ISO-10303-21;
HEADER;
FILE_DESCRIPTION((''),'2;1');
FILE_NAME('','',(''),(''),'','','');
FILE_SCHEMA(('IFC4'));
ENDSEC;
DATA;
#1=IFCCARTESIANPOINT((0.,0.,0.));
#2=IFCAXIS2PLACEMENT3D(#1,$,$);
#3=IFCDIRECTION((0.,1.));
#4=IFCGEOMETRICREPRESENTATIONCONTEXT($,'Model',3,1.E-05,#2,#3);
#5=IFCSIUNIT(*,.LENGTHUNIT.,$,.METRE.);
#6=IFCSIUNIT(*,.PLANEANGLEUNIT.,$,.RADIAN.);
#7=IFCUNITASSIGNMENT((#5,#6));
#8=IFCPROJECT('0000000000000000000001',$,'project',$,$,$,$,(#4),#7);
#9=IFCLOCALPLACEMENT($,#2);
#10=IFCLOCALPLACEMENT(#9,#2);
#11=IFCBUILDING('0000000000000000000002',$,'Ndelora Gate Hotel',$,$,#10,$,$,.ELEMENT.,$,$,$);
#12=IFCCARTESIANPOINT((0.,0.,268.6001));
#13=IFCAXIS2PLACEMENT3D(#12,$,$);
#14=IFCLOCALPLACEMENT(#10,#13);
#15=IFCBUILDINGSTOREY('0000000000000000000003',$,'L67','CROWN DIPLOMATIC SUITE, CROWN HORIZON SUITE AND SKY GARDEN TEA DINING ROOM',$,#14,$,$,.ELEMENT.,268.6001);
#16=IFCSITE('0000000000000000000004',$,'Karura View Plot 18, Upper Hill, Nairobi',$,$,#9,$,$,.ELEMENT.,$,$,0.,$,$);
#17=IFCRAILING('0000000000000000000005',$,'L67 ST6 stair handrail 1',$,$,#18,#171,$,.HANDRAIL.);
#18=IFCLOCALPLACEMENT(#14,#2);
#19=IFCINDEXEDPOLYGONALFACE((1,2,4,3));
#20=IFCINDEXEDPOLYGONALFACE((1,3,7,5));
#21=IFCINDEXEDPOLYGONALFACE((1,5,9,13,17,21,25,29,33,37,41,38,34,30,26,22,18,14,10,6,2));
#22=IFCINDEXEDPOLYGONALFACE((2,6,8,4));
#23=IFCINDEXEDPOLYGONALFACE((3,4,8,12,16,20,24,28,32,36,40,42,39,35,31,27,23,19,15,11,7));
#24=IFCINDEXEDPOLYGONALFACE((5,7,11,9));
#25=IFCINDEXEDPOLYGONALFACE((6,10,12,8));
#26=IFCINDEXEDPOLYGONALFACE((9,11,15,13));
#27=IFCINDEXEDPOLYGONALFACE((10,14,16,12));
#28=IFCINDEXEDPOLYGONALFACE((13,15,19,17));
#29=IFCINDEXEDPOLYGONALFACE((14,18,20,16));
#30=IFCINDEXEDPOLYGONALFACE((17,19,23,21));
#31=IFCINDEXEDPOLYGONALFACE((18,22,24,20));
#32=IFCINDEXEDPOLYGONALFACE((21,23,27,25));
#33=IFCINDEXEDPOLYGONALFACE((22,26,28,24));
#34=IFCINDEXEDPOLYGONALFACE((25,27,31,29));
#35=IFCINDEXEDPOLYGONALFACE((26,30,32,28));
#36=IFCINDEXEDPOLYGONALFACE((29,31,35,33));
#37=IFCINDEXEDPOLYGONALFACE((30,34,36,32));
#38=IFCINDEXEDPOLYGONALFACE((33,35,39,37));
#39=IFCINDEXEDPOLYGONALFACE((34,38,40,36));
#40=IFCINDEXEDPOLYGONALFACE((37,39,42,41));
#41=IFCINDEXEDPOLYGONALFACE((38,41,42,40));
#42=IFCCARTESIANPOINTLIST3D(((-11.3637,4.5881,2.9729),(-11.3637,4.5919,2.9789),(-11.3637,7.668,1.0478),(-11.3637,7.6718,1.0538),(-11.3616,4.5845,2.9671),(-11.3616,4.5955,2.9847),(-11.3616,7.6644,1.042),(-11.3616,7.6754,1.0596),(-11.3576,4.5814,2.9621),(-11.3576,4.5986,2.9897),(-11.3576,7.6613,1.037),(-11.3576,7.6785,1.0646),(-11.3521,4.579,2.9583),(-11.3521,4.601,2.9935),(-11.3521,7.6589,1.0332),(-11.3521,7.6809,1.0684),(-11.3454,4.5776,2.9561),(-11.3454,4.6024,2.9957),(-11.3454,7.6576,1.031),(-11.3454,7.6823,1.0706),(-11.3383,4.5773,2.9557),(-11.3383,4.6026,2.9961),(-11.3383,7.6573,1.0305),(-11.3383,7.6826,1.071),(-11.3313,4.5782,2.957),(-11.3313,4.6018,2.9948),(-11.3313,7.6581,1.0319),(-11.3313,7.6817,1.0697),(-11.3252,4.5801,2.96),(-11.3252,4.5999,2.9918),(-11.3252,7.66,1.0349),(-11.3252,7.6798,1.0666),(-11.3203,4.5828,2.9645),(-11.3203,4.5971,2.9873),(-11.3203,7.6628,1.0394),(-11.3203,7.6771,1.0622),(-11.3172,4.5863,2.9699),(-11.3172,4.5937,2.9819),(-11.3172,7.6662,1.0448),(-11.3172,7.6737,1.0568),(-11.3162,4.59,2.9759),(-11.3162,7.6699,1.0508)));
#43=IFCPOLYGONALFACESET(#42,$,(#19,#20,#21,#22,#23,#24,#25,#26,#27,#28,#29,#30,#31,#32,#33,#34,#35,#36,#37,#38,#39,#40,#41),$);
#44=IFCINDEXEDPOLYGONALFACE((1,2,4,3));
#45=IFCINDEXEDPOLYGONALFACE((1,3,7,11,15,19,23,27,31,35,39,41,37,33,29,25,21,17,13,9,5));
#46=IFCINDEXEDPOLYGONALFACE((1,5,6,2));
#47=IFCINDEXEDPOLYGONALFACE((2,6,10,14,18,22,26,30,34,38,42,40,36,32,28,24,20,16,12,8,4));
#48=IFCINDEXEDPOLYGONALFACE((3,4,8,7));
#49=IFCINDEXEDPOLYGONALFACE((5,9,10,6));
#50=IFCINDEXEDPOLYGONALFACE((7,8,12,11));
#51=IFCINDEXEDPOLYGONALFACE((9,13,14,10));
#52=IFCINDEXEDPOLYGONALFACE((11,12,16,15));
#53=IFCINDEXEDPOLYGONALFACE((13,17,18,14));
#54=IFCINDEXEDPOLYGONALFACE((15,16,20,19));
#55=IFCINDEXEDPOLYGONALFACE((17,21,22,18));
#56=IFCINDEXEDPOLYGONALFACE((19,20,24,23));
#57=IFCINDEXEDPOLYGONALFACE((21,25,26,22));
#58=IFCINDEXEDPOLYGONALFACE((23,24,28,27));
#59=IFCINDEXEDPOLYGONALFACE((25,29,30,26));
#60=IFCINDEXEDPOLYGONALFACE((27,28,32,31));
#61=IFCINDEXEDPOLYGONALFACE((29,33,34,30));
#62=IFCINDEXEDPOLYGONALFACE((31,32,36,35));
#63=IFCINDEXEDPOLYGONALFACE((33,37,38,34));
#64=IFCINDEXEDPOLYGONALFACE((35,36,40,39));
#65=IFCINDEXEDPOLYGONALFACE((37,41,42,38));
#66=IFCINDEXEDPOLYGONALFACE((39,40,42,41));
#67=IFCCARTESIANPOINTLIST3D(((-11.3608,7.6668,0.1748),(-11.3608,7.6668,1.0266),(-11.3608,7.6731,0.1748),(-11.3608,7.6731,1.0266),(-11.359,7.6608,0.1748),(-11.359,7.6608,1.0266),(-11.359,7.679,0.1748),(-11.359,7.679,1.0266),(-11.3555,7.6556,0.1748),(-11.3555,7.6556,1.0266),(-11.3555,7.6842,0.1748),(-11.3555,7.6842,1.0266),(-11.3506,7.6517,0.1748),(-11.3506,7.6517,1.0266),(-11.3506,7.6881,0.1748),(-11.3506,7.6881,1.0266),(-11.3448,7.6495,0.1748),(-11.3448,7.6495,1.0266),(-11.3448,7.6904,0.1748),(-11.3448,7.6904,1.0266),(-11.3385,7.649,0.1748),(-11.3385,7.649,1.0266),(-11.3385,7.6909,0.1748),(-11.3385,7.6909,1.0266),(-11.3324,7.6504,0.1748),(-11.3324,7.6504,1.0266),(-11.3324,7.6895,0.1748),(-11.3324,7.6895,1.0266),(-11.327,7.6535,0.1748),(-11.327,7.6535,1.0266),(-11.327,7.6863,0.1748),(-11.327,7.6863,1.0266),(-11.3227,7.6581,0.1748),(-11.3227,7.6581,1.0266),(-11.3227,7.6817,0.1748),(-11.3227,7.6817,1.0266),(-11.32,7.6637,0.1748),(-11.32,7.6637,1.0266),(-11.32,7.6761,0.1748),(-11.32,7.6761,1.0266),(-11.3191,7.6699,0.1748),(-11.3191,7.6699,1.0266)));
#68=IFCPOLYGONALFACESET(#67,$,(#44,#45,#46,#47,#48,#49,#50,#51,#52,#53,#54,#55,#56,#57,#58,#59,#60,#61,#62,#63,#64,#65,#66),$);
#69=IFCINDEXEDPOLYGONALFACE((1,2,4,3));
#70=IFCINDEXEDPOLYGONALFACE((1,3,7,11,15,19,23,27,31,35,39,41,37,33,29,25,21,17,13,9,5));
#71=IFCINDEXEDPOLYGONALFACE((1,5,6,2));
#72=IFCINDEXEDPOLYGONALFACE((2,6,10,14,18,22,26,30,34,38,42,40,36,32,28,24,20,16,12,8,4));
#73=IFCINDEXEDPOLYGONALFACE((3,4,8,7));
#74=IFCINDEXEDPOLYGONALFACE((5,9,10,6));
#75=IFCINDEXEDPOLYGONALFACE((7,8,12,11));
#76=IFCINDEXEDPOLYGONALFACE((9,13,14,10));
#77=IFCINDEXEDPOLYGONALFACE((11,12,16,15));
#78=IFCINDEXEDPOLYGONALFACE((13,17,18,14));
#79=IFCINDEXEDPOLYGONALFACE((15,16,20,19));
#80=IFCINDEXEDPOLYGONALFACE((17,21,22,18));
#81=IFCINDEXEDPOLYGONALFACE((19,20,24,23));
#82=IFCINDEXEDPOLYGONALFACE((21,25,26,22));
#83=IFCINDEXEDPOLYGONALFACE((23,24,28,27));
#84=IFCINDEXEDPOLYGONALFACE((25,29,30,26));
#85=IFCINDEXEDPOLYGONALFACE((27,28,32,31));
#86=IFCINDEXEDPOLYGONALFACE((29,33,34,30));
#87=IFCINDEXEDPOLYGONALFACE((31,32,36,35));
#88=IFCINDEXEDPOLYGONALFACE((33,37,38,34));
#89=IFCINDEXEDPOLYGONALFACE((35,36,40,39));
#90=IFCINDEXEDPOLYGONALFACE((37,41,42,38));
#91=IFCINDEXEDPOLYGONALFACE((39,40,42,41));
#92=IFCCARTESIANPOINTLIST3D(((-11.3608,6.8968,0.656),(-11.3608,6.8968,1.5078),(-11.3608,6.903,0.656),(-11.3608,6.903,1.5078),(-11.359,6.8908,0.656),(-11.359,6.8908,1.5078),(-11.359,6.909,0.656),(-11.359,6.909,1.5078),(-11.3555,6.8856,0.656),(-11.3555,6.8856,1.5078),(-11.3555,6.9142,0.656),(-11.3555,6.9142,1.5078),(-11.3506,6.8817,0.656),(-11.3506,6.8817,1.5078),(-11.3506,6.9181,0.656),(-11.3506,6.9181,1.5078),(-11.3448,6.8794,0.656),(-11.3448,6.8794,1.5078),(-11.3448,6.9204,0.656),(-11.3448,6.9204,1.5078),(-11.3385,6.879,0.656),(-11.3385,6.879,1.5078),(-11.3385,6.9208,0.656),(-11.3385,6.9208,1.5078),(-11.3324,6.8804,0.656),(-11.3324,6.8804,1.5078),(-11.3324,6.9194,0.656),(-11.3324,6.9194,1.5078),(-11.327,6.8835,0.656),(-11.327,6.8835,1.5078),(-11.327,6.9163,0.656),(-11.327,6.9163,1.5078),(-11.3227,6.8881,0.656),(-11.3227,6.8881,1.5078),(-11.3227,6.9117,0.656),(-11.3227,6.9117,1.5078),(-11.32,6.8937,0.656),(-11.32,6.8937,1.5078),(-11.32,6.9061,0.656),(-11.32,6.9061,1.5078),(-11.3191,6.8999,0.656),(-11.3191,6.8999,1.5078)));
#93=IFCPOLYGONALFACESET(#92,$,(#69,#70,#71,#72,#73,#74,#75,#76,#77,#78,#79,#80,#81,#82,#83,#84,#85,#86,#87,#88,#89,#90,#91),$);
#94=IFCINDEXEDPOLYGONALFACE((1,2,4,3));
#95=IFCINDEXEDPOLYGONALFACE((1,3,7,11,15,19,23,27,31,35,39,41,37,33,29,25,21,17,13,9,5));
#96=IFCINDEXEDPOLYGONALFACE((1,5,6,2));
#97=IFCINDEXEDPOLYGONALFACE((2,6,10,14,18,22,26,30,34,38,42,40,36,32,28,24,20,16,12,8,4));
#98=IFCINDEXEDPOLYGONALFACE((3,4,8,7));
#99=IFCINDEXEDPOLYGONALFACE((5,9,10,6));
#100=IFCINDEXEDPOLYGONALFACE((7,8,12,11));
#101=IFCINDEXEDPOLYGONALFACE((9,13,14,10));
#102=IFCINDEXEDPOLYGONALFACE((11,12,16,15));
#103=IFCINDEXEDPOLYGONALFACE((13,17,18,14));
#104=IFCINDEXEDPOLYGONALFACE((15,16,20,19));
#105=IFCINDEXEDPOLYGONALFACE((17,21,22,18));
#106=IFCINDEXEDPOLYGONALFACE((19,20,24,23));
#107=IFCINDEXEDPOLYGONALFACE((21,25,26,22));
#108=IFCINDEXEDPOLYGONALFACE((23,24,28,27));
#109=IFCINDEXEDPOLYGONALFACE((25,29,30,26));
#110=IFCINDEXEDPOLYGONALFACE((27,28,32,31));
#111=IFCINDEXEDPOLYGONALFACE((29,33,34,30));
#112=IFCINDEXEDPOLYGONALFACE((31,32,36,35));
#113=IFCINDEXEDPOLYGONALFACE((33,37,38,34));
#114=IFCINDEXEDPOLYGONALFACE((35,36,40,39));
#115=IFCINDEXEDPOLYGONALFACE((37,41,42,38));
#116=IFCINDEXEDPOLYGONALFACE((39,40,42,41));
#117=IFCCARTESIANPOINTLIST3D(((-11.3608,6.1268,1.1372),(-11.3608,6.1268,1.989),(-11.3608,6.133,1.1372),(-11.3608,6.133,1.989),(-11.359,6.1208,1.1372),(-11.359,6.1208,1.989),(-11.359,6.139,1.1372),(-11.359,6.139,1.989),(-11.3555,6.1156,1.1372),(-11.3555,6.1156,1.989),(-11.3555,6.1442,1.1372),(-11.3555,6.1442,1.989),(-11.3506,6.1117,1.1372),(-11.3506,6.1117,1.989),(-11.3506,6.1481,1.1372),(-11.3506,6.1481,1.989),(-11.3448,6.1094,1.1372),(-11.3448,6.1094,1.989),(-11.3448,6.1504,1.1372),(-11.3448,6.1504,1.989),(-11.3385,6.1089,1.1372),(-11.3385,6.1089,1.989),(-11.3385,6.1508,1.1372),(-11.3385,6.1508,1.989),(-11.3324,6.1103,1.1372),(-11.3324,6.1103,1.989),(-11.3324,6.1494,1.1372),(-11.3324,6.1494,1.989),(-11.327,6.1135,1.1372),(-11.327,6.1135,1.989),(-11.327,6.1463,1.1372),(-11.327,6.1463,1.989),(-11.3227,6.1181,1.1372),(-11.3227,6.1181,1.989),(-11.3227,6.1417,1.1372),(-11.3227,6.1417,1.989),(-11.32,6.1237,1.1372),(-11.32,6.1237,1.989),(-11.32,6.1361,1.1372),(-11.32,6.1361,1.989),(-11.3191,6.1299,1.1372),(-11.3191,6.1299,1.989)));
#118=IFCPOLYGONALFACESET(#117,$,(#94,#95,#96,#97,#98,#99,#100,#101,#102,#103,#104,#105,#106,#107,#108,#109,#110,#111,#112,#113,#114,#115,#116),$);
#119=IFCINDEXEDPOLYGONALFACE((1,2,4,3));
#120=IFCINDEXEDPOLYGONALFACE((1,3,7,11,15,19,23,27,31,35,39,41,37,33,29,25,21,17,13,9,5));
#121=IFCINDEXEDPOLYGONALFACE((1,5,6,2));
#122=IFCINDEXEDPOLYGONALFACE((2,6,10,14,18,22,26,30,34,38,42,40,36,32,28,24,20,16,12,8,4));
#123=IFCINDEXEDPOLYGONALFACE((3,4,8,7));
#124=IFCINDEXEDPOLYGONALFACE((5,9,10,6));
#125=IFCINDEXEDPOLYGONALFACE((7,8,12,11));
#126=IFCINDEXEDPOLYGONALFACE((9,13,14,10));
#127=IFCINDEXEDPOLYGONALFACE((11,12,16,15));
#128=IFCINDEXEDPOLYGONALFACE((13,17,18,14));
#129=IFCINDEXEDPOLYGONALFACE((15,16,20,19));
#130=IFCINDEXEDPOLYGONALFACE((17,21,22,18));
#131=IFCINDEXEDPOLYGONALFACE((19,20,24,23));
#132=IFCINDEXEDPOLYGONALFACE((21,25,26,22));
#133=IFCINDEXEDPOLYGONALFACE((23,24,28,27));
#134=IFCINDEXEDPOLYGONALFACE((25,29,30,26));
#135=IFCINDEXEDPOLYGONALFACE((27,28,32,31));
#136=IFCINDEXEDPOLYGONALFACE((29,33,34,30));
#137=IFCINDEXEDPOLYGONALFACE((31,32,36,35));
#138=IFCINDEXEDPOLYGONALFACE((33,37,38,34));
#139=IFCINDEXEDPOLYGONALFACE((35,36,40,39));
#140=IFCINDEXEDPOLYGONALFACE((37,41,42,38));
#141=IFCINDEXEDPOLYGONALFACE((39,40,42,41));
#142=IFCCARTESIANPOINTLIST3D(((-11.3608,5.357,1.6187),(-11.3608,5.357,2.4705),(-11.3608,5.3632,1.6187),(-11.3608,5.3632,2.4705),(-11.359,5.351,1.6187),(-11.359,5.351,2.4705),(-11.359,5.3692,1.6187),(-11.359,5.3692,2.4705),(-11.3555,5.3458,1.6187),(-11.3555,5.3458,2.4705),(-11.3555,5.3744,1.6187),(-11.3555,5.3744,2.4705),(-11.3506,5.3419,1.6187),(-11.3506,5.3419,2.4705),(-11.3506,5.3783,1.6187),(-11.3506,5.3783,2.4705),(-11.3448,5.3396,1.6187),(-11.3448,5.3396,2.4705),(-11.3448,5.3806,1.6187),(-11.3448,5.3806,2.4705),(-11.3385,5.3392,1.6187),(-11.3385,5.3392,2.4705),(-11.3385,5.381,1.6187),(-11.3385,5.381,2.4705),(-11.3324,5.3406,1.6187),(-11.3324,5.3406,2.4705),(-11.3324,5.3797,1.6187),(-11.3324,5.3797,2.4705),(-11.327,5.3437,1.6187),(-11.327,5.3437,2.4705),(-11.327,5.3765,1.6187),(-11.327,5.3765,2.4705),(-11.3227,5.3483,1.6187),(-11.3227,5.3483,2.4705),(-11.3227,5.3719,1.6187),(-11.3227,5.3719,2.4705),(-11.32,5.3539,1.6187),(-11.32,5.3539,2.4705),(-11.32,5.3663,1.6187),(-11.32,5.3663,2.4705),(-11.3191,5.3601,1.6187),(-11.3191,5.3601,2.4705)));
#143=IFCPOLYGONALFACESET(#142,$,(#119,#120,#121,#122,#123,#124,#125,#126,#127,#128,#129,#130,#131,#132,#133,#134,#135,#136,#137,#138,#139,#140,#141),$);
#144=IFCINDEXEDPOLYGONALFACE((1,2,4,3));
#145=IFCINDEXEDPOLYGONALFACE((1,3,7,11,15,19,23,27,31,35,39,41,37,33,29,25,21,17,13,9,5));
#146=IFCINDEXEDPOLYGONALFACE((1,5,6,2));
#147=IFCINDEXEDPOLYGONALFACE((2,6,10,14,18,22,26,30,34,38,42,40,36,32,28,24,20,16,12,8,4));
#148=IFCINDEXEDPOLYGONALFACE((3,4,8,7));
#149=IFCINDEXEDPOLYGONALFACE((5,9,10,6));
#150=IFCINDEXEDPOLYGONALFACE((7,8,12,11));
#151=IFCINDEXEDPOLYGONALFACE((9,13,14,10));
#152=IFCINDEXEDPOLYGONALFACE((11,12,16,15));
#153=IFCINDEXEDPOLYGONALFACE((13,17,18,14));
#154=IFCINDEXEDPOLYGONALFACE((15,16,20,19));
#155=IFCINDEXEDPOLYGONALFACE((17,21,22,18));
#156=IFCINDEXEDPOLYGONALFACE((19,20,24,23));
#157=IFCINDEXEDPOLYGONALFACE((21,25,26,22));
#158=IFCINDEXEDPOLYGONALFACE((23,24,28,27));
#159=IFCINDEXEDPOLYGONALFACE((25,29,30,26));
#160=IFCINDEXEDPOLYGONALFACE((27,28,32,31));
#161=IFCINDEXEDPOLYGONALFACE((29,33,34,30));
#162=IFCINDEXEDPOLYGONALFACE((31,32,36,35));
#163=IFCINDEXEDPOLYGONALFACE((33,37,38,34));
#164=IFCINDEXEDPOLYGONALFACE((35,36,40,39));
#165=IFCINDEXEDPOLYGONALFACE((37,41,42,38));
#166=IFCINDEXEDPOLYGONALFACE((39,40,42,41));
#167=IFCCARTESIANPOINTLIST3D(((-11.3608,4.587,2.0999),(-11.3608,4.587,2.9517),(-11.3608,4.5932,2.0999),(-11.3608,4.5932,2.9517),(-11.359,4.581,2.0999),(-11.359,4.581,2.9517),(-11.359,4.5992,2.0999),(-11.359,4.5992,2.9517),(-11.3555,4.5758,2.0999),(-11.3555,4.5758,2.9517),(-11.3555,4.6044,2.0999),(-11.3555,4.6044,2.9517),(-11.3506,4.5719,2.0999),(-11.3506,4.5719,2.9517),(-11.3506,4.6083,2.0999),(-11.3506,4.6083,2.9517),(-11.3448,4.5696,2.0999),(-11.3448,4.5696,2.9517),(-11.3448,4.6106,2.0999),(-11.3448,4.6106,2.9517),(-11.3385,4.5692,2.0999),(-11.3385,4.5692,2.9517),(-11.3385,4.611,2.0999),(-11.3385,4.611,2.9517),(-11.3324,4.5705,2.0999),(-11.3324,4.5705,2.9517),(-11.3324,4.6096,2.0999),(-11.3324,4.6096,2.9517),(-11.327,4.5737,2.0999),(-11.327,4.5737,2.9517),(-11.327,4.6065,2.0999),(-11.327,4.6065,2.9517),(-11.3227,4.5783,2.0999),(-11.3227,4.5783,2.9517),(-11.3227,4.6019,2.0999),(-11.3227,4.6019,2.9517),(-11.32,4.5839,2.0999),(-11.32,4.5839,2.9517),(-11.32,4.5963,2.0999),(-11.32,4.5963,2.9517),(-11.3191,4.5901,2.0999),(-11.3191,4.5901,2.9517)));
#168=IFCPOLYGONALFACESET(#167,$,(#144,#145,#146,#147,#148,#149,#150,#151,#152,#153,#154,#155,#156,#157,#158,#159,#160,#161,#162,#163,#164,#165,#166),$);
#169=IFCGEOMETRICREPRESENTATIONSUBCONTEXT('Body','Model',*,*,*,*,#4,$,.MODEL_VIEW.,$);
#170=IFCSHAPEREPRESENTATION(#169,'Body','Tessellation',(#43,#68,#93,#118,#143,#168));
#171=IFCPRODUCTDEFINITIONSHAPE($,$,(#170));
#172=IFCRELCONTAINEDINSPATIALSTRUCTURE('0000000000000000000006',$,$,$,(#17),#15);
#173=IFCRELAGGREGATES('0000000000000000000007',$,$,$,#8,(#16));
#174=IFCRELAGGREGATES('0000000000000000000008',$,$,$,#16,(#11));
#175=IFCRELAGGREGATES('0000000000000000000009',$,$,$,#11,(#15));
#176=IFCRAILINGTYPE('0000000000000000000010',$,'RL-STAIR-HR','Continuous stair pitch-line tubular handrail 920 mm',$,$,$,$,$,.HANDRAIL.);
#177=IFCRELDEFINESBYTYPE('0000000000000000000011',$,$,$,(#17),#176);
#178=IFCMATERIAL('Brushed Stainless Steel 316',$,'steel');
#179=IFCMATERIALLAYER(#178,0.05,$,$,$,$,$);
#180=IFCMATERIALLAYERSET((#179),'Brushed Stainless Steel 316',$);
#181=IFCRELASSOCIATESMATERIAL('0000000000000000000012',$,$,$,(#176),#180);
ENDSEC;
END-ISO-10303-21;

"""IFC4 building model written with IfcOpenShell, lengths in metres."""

from ifc_helpers import new_model, si_unit, direction, frame, origin, origin_2d, place, context, subcontext, project, spatial, circle, extrude, material, layer, layer_set, type_object, element, save


model = new_model("IFC4")

# Units and contexts
model_context = context("Model", 3, precision=1e-05, world=origin(), true_north=direction((0.0, 1.0)))
body_context = subcontext(model_context, "Body", "Model", "MODEL_VIEW")
ifc_project = project(units=[si_unit("LENGTHUNIT", "METRE"), si_unit("PLANEANGLEUNIT", "RADIAN")], contexts=[model_context])

# Site, building, storey
site_placement = place(None, origin())
site = spatial("IfcSite", under=ifc_project, at=site_placement, Name="Karura View Plot 18, Upper Hill, Nairobi", CompositionType="ELEMENT", RefElevation=0.0)
building_placement = place(site_placement, origin())
building = spatial("IfcBuilding", under=site, at=building_placement, Name="Ndelora Gate Hotel", CompositionType="ELEMENT")
storey_placement = place(building_placement, frame((0.0, 0.0, 268.6001)))
storey = spatial("IfcBuildingStorey", under=building, at=storey_placement, Name="L67", Description="CROWN DIPLOMATIC SUITE, CROWN HORIZON SUITE AND SKY GARDEN TEA DINING ROOM", CompositionType="ELEMENT", Elevation=268.6001)

# Railing
ifc_material_1 = material(Name="Brushed Stainless Steel 316", Category="steel")
ifc_layer_1 = layer(ifc_material_1, 0.05)
ifc_layer_set_1 = layer_set([ifc_layer_1], Name="Brushed Stainless Steel 316")
railing_type_1 = type_object("IfcRailingType", Name="RL-STAIR-HR", Description="Continuous stair pitch-line tubular handrail 920 mm", PredefinedType="HANDRAIL", material=ifc_layer_set_1)
railing_1_placement = place(storey_placement, frame((-11.3401, 7.6699, 0.1748)))
element("IfcRailing", 1, at=railing_1_placement, inside=storey, type_object=railing_type_1, Name="L67 ST6 stair handrail 1", PredefinedType="HANDRAIL", context=body_context, shape_type="SweptSolid", body=[
    extrude(circle(Radius=0.0239, at=origin_2d()), frame((0.0, 0.0, 0.876), z_axis=(0.0, -0.847979, 0.530029), x_axis=(1.0, 0.0, 0.0)), (0.0, 0.0, 1.0), 3.6321),
    extrude(circle(Radius=0.021, at=origin_2d()), origin(), (0.0, 0.0, 1.0), 0.8518),
    extrude(circle(Radius=0.021, at=origin_2d()), frame((0.0, -0.77, 0.4812)), (0.0, 0.0, 1.0), 0.8518),
    extrude(circle(Radius=0.021, at=origin_2d()), frame((0.0, -1.54, 0.9624)), (0.0, 0.0, 1.0), 0.8518),
    extrude(circle(Radius=0.021, at=origin_2d()), frame((0.0, -2.3098, 1.4438)), (0.0, 0.0, 1.0), 0.8518),
    extrude(circle(Radius=0.021, at=origin_2d()), frame((0.0, -3.0798, 1.925)), (0.0, 0.0, 1.0), 0.8518),
])

save(model, "model.ifc")
